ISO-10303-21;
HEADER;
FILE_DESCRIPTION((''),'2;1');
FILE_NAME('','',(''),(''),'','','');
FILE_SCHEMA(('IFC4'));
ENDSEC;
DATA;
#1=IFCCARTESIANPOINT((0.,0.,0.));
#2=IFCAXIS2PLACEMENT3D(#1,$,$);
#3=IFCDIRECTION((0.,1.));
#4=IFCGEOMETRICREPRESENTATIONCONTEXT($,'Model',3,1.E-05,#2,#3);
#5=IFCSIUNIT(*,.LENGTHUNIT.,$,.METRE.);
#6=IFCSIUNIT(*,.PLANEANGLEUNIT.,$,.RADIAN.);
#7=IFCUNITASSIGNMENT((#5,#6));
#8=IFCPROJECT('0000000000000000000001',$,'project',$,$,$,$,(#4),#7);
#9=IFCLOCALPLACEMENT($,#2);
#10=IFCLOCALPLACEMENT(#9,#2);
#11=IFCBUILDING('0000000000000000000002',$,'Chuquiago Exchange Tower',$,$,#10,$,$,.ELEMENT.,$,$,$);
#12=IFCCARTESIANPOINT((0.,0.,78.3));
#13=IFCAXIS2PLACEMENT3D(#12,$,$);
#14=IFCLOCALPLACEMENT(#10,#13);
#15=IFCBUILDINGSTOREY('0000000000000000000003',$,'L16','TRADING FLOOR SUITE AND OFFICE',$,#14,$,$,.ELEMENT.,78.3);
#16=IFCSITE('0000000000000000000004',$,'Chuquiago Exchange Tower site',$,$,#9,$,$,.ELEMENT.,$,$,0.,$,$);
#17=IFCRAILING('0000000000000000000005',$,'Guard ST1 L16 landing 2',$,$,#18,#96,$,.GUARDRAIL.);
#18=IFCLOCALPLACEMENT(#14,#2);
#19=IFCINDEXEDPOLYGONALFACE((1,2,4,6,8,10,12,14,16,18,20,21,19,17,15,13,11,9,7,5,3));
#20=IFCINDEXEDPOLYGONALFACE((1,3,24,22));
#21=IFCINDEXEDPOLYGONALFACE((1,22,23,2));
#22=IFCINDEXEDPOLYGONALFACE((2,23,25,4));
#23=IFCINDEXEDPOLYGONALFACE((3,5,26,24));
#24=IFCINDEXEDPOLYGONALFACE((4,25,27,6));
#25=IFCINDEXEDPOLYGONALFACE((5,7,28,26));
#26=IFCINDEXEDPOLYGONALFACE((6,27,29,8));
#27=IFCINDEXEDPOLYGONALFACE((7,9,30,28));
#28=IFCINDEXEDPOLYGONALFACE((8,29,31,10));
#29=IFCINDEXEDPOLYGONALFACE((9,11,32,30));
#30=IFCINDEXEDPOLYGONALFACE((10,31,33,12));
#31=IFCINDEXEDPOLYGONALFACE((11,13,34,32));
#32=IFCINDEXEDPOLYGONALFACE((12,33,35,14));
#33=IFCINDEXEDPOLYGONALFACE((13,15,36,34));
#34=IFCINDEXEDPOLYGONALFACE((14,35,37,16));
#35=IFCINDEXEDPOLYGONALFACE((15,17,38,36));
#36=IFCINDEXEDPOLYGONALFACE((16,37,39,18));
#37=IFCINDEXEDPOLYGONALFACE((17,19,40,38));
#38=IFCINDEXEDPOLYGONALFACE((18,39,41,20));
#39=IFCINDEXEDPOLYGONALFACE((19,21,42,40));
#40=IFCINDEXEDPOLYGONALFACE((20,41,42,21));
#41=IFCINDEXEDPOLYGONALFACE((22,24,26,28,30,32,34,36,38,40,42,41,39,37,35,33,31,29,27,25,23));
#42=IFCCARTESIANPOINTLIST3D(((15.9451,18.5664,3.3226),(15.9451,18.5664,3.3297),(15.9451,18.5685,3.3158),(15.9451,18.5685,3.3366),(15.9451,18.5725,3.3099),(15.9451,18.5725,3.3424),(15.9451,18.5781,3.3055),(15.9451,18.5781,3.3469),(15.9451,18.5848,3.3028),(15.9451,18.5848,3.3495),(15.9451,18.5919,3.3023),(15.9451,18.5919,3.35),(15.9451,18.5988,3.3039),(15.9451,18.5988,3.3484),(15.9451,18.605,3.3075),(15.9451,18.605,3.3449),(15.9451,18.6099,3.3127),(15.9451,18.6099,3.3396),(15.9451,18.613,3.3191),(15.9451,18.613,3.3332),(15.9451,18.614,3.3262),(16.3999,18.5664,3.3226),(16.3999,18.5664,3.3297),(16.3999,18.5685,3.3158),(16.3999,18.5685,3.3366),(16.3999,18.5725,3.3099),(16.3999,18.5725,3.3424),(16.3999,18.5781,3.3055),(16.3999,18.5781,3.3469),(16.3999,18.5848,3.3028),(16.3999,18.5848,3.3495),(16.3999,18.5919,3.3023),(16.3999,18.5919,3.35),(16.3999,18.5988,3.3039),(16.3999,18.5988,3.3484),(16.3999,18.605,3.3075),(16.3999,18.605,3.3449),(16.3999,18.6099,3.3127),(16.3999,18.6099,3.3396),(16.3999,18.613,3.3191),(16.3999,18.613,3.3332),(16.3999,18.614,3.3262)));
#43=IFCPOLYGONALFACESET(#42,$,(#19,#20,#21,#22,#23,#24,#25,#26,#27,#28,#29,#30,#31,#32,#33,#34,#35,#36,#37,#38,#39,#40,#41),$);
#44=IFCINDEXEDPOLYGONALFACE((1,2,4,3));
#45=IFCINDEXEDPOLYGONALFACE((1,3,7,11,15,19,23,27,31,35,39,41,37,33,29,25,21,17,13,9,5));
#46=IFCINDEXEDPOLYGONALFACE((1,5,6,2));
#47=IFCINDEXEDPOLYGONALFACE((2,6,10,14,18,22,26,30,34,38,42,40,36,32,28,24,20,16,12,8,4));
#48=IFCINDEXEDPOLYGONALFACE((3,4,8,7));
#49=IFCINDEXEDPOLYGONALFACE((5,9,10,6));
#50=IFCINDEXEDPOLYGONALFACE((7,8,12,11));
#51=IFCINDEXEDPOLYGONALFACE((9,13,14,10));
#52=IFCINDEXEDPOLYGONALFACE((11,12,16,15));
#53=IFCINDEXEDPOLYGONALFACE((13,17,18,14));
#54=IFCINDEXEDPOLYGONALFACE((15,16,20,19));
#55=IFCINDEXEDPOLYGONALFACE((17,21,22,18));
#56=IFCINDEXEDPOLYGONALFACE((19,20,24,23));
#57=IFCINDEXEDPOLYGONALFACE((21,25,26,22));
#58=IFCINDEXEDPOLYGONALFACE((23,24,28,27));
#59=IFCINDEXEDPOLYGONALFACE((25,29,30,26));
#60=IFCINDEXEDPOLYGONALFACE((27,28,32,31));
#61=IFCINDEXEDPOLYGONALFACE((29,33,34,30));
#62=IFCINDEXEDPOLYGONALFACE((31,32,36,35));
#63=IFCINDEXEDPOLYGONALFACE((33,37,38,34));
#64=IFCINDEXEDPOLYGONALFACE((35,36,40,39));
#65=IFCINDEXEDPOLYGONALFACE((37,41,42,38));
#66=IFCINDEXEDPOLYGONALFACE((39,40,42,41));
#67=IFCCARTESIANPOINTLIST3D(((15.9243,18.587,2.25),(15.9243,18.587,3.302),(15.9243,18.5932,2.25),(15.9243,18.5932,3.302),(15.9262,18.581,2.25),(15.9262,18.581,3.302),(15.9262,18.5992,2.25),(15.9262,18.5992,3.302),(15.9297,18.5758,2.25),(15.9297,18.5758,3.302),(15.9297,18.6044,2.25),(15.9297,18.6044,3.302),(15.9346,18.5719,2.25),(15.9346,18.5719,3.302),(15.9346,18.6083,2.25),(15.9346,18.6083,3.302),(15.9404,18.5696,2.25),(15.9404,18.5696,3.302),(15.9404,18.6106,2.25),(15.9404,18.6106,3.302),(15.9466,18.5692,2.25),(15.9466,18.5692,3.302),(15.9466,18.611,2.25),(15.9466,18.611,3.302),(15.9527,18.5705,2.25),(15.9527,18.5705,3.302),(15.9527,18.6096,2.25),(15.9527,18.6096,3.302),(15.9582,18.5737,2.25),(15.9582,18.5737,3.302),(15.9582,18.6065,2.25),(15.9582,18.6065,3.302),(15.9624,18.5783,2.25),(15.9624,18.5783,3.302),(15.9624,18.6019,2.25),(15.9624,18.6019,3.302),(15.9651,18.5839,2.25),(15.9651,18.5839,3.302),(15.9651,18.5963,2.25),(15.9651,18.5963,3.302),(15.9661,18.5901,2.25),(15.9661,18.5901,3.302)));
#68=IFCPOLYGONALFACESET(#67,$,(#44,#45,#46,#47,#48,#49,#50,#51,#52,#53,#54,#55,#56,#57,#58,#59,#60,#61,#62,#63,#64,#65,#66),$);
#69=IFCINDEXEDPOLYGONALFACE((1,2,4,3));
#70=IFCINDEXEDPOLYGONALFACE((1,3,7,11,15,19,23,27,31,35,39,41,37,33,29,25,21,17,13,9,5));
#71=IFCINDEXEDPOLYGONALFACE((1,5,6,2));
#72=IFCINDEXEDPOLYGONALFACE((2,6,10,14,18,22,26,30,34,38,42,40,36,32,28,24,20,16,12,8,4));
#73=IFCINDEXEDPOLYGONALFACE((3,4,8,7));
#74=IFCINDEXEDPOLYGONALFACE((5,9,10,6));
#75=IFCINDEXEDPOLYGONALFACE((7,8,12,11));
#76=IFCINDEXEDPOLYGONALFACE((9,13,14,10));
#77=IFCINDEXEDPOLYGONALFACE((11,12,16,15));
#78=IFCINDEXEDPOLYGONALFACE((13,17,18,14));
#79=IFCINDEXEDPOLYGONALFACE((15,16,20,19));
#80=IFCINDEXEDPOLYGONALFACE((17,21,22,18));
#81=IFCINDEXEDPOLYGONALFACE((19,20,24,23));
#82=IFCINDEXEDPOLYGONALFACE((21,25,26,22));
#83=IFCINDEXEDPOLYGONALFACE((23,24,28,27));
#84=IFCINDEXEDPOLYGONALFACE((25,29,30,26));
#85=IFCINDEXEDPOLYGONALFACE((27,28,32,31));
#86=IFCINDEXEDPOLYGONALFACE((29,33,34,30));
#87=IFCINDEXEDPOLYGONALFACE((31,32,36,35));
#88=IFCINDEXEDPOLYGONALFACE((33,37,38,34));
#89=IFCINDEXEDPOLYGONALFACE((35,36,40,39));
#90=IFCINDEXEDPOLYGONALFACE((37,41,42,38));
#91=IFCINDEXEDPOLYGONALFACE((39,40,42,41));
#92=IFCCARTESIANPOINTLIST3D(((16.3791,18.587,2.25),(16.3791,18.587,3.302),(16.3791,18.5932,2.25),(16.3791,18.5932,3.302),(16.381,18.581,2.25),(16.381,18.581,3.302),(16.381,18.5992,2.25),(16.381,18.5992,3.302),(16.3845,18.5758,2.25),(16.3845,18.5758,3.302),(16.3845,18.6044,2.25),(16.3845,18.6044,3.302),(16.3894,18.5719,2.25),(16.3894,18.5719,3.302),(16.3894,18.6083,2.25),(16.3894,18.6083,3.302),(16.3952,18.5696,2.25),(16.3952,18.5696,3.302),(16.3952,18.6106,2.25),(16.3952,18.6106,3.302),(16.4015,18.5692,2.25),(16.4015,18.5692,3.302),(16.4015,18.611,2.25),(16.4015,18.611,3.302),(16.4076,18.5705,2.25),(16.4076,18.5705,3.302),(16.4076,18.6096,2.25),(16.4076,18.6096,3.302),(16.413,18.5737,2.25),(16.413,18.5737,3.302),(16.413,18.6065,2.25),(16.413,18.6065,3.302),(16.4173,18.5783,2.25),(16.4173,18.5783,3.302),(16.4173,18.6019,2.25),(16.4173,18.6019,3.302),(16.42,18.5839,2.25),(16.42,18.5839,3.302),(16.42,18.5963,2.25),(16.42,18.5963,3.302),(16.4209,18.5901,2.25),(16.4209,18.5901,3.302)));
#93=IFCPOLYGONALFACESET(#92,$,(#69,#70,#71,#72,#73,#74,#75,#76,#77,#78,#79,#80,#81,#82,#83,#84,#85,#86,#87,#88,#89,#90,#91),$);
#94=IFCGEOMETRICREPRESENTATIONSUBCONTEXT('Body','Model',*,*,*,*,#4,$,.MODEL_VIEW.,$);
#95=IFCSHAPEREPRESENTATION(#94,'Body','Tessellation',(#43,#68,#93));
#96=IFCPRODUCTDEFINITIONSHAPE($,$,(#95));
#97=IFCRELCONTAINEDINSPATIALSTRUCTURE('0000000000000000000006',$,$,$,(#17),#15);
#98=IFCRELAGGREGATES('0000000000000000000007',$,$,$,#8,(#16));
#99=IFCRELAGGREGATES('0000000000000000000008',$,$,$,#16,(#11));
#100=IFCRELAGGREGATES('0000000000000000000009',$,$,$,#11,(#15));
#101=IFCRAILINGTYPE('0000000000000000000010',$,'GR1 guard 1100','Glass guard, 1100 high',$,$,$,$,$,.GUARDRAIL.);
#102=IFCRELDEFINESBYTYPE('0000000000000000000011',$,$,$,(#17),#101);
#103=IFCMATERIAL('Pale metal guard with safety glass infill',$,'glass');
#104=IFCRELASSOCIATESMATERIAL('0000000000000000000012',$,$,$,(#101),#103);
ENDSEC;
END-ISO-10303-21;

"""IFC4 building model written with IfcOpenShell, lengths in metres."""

from ifc_helpers import new_model, si_unit, direction, frame, origin, origin_2d, place, context, subcontext, project, spatial, circle, extrude, material, type_object, element, save


model = new_model("IFC4")

# Units and contexts
model_context = context("Model", 3, precision=1e-05, world=origin(), true_north=direction((0.0, 1.0)))
body_context = subcontext(model_context, "Body", "Model", "MODEL_VIEW")
ifc_project = project(units=[si_unit("LENGTHUNIT", "METRE"), si_unit("PLANEANGLEUNIT", "RADIAN")], contexts=[model_context])

# Site, building, storey
site_placement = place(None, origin())
site = spatial("IfcSite", under=ifc_project, at=site_placement, Name="Chuquiago Exchange Tower site", CompositionType="ELEMENT", RefElevation=0.0)
building_placement = place(site_placement, origin())
building = spatial("IfcBuilding", under=site, at=building_placement, Name="Chuquiago Exchange Tower", CompositionType="ELEMENT")
storey_placement = place(building_placement, frame((0.0, 0.0, 78.3)))
storey = spatial("IfcBuildingStorey", under=building, at=storey_placement, Name="L16", Description="TRADING FLOOR SUITE AND OFFICE", CompositionType="ELEMENT", Elevation=78.3)

# Railing
ifc_material_1 = material(Name="Pale metal guard with safety glass infill", Category="glass")
railing_type_1 = type_object("IfcRailingType", Name="GR1 guard 1100", Description="Glass guard, 1100 high", PredefinedType="GUARDRAIL", material=ifc_material_1)
for number, where, name in (
    (1, (15.9451, 18.5901, 2.25), "Guard ST1 L16 landing 2"),
):
    element("IfcRailing", number, at=place(storey_placement, frame(where)), inside=storey, type_object=railing_type_1, Name=name, PredefinedType="GUARDRAIL", context=body_context, shape_type="SweptSolid", body=[
        extrude(circle(Radius=0.0239, at=origin_2d()), frame((0.0, 0.0, 1.0762), z_axis=(1.0, 0.0, 0.0), x_axis=(0.0, 1.0, 0.0)), (0.0, 0.0, 1.0), 0.4548),
        extrude(circle(Radius=0.021, at=origin_2d()), origin(), (0.0, 0.0, 1.0), 1.052),
        extrude(circle(Radius=0.021, at=origin_2d()), frame((0.4548, 0.0, 0.0)), (0.0, 0.0, 1.0), 1.052),
    ])

save(model, "model.ifc")
